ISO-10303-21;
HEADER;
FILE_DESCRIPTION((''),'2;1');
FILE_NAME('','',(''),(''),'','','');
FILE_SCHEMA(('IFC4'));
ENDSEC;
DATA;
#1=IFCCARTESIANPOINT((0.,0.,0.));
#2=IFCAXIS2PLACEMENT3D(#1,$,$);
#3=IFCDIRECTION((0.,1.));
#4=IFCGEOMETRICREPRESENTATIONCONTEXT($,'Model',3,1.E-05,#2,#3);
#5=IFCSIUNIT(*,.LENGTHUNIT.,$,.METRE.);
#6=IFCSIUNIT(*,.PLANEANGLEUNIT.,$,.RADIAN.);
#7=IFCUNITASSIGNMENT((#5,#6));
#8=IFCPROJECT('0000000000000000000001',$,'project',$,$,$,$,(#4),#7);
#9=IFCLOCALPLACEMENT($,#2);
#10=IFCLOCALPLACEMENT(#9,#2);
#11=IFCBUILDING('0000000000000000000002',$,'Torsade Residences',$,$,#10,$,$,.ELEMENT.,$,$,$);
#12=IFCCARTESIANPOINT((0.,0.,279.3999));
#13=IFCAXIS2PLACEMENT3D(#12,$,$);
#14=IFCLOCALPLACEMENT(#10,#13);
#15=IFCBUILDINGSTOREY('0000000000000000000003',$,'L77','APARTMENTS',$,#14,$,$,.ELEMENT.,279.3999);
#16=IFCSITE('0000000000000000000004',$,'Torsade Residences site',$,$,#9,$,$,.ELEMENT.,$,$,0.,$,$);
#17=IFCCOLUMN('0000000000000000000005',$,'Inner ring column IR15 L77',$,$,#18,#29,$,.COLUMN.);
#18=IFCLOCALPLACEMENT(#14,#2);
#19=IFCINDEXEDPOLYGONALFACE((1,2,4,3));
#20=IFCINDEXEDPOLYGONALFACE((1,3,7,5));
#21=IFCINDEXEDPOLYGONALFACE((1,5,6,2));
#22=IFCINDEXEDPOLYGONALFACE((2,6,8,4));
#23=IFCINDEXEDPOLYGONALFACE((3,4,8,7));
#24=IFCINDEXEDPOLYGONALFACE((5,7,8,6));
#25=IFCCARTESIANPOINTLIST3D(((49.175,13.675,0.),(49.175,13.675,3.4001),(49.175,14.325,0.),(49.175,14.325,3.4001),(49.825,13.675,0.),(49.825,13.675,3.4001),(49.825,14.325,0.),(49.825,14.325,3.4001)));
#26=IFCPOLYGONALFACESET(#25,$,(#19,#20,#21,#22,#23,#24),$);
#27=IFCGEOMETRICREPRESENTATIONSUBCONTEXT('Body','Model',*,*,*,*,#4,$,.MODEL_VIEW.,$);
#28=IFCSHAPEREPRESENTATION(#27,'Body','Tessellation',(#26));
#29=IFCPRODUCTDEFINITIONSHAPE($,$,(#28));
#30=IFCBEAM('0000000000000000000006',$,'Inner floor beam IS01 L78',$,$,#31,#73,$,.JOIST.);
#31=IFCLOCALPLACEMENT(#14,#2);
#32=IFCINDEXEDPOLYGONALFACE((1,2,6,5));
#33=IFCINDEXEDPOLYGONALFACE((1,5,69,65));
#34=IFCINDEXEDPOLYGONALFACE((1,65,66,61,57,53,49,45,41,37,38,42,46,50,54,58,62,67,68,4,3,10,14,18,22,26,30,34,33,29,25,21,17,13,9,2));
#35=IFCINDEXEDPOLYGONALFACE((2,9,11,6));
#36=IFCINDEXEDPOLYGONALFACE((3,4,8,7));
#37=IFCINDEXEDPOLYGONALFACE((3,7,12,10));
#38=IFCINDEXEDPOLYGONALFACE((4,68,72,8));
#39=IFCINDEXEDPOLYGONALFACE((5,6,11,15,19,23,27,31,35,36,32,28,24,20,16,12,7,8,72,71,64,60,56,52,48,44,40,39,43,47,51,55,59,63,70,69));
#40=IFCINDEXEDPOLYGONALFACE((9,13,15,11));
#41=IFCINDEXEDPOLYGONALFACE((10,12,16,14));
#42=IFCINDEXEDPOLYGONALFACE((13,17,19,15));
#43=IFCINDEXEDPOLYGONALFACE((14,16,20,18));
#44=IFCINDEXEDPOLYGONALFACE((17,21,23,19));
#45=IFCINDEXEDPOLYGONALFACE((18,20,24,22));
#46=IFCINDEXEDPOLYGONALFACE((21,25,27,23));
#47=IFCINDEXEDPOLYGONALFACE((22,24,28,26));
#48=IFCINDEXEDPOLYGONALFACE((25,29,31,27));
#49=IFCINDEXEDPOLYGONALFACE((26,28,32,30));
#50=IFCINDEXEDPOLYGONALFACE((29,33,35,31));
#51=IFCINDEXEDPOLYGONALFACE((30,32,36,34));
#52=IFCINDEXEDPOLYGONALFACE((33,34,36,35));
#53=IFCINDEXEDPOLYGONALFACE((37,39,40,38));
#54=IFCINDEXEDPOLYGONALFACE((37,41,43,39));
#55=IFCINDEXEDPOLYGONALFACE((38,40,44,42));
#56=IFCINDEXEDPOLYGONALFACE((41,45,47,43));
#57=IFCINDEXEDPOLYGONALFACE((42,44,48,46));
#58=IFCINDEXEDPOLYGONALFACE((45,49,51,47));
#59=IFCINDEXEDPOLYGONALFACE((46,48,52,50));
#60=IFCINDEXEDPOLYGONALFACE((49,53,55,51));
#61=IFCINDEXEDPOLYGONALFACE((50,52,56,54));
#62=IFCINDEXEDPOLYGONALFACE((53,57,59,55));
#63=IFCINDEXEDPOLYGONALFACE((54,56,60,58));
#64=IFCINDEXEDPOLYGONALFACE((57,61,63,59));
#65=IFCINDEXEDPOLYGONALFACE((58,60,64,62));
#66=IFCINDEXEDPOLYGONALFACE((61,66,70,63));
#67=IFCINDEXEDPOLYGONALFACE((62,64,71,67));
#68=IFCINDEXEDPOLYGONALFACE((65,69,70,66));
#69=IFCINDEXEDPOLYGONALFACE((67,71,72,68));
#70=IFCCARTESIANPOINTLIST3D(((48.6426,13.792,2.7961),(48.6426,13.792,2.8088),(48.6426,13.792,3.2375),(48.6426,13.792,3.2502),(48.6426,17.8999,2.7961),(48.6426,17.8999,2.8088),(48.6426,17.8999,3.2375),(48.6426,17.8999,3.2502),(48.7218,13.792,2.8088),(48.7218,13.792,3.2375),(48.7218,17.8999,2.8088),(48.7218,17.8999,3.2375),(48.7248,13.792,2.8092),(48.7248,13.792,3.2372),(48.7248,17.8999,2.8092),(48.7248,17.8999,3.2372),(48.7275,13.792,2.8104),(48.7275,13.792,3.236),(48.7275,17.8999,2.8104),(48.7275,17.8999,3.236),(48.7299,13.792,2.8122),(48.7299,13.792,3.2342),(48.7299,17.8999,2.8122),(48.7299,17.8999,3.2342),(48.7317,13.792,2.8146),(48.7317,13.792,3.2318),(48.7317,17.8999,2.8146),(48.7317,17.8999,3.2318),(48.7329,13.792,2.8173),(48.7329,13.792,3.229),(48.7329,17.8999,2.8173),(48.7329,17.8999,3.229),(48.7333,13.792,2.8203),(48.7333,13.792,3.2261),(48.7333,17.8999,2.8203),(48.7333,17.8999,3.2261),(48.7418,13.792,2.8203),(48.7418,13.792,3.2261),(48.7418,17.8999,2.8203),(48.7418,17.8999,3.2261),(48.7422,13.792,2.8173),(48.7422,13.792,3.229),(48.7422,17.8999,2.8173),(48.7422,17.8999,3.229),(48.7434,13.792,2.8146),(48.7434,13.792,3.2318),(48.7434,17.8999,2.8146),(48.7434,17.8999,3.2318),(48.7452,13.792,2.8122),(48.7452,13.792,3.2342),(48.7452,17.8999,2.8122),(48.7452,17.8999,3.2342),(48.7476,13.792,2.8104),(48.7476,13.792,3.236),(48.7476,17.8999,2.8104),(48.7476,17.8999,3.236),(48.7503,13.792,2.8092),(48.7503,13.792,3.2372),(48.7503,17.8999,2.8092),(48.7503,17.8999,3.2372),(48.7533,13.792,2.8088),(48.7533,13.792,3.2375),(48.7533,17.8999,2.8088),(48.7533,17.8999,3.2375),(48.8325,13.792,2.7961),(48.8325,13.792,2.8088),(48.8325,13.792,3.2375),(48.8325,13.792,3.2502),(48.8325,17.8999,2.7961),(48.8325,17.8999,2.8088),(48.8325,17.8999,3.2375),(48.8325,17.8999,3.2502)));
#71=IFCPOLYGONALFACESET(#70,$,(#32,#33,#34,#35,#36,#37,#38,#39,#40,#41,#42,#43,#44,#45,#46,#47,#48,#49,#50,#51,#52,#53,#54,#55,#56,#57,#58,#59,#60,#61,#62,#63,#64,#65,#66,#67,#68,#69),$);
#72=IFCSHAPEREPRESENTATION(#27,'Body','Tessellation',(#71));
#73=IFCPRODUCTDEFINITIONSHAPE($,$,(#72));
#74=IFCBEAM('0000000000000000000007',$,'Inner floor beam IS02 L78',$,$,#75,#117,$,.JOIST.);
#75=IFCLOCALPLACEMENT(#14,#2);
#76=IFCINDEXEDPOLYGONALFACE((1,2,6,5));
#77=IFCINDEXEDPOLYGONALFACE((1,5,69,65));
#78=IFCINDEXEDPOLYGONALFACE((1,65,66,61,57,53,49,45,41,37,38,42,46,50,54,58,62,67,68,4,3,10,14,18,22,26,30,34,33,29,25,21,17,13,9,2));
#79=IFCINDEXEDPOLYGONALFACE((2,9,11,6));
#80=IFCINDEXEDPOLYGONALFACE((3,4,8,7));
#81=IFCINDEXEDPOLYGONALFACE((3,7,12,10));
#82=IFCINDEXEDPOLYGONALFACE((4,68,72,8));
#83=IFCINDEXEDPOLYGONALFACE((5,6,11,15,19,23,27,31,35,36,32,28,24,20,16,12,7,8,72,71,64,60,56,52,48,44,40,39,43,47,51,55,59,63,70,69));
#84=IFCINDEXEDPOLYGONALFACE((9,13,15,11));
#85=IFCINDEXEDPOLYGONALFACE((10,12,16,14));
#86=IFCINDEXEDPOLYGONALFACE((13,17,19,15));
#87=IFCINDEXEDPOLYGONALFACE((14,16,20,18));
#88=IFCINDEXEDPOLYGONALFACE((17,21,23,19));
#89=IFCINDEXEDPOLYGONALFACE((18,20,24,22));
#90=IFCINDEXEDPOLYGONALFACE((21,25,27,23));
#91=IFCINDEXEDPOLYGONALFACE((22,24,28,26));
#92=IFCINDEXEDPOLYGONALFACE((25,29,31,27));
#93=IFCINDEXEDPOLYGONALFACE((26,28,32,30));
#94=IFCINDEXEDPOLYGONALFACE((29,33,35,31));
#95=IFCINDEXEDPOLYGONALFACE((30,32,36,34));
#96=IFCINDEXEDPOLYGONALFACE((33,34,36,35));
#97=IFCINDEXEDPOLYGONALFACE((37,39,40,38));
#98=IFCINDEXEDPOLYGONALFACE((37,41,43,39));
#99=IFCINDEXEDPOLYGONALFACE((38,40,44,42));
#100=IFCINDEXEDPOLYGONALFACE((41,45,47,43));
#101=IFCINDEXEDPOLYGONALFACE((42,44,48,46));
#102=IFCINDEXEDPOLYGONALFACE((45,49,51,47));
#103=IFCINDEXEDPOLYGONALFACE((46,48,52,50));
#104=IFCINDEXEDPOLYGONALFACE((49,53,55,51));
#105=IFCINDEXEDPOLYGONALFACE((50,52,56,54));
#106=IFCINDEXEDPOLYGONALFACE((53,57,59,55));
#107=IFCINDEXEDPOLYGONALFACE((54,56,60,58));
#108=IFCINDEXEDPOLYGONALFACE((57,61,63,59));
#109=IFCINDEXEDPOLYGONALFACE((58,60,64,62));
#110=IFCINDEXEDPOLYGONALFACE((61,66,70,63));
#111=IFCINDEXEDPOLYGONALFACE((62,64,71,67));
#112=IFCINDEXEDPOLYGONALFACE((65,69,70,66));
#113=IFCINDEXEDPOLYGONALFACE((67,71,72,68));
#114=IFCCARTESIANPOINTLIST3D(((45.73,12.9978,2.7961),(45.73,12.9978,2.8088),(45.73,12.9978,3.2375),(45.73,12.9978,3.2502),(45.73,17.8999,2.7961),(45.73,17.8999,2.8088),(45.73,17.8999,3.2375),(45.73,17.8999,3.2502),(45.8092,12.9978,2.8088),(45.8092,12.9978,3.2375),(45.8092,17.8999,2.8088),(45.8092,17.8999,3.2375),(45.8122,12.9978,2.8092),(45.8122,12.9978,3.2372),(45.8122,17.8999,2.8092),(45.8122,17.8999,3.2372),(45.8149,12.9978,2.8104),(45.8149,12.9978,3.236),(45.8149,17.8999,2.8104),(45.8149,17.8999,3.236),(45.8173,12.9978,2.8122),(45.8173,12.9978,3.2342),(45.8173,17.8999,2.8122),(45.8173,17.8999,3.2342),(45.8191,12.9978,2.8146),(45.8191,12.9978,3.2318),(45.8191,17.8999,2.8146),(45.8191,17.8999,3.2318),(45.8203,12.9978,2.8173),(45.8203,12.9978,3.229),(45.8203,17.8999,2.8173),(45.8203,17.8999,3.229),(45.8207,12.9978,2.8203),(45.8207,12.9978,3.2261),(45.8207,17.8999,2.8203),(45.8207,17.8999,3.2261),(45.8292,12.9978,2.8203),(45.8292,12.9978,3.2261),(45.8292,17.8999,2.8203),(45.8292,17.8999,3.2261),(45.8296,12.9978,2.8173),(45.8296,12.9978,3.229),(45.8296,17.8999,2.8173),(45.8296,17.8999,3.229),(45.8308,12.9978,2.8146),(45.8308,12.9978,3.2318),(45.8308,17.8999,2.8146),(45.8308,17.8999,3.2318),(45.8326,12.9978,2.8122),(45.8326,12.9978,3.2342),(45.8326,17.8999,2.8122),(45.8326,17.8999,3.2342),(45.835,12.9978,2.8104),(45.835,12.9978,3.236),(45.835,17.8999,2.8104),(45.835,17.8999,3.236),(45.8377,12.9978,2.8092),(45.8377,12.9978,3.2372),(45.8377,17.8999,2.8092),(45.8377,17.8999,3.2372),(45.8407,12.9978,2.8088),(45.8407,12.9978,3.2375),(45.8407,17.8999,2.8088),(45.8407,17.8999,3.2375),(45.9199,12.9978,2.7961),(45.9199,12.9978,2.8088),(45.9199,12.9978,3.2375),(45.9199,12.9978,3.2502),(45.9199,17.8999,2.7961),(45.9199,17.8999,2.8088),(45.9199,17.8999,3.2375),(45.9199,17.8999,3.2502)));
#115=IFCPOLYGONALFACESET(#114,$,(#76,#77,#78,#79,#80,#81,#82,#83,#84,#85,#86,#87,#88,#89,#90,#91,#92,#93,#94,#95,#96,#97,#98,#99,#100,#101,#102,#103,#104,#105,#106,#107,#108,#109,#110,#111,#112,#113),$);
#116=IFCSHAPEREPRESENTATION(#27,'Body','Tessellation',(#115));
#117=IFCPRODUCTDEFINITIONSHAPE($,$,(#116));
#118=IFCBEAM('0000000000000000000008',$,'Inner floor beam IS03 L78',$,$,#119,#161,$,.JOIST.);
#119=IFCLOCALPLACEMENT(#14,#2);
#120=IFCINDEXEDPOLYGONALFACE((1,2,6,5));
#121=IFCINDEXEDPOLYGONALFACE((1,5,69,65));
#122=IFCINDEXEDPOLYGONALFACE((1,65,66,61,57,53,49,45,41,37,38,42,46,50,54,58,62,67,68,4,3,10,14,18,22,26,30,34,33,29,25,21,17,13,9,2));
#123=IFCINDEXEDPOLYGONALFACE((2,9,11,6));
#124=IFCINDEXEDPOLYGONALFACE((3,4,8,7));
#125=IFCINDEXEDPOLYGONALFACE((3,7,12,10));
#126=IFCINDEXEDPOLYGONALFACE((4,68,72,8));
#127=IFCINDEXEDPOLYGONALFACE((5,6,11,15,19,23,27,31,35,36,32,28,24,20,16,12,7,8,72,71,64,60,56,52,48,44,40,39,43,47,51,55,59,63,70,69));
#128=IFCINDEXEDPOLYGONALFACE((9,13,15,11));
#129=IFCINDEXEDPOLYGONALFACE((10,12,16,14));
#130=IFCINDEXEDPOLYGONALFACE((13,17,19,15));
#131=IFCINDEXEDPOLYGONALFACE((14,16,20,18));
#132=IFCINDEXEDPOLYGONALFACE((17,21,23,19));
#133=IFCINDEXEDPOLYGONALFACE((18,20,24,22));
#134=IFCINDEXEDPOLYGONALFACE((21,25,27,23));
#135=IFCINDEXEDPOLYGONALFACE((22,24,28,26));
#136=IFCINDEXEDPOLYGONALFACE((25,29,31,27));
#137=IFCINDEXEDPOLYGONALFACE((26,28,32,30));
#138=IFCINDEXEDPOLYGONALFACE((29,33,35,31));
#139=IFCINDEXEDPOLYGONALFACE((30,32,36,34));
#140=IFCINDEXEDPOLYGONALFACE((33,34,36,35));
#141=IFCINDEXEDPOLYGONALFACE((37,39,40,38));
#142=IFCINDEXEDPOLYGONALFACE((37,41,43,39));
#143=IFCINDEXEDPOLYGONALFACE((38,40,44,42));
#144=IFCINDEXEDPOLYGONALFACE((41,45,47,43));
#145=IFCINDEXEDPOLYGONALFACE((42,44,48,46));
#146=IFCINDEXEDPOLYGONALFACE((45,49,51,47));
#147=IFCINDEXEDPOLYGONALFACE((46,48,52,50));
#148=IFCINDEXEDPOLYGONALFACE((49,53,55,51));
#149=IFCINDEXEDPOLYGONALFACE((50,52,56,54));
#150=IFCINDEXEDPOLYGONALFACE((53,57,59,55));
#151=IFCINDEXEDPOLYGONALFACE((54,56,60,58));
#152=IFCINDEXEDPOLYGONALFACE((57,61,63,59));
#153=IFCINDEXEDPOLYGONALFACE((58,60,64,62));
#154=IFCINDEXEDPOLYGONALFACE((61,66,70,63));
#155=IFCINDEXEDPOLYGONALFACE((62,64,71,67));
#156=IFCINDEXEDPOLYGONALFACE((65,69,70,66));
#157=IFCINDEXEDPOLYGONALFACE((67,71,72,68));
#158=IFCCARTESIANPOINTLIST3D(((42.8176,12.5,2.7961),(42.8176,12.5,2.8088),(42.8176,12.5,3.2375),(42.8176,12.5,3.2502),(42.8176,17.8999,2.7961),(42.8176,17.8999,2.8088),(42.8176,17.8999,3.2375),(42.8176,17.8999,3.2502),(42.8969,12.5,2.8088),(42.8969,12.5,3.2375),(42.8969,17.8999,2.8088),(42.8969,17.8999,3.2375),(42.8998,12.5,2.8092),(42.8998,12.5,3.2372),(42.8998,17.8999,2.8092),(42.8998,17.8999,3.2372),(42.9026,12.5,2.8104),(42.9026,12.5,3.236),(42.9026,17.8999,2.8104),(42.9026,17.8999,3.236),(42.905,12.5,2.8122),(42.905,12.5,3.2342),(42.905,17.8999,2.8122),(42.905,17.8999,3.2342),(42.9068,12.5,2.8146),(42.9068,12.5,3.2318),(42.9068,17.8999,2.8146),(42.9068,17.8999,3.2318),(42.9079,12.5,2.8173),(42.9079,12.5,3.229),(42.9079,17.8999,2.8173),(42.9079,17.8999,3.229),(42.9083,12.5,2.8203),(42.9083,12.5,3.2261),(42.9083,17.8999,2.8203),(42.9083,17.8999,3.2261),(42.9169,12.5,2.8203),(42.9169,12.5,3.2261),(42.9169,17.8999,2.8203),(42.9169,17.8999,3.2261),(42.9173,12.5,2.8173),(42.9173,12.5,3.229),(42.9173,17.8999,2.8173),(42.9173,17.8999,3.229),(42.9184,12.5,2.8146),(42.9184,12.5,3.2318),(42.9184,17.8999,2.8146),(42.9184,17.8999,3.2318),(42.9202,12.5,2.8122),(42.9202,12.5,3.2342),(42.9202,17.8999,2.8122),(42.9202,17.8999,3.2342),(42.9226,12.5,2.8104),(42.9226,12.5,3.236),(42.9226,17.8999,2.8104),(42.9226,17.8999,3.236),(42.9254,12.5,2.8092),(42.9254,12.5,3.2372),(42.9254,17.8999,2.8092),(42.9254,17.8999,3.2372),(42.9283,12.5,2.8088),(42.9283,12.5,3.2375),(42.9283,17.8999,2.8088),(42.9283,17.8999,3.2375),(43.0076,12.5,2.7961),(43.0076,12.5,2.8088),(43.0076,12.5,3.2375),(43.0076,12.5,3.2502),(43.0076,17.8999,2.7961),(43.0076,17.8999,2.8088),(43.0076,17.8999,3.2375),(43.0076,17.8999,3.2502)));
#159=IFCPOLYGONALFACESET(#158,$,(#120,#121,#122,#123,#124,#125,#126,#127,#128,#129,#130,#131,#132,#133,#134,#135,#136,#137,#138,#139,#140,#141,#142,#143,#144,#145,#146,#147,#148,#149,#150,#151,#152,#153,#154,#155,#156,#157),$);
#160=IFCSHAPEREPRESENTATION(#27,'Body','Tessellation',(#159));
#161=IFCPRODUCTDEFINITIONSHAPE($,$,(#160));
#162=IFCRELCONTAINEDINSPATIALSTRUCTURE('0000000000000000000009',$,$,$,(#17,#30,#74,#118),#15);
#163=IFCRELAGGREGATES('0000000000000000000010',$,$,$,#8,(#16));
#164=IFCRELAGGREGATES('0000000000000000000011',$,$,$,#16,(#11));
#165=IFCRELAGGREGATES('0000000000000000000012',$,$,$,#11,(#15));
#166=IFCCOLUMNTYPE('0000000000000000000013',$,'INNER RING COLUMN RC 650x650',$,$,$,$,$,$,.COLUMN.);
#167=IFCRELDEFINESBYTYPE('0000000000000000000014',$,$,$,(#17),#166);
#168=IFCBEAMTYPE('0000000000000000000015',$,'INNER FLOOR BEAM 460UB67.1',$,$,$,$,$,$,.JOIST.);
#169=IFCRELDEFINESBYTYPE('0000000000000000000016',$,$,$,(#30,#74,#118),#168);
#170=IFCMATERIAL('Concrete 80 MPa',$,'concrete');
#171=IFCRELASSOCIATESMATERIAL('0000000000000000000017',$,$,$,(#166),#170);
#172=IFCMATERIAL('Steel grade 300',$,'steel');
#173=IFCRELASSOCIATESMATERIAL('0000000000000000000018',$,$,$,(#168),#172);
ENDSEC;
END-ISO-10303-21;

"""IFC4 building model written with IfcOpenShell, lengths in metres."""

from ifc_helpers import new_model, si_unit, direction, frame, origin, origin_2d, place, context, subcontext, project, spatial, rectangle, i_section, extrude, material, material_profile, profile_set, type_object, element, save


model = new_model("IFC4")

# Units and contexts
model_context = context("Model", 3, precision=1e-05, world=origin(), true_north=direction((0.0, 1.0)))
body_context = subcontext(model_context, "Body", "Model", "MODEL_VIEW")
ifc_project = project(units=[si_unit("LENGTHUNIT", "METRE"), si_unit("PLANEANGLEUNIT", "RADIAN")], contexts=[model_context])

# Site, building, storey
site_placement = place(None, origin())
site = spatial("IfcSite", under=ifc_project, at=site_placement, Name="Torsade Residences site", CompositionType="ELEMENT", RefElevation=0.0)
building_placement = place(site_placement, origin())
building = spatial("IfcBuilding", under=site, at=building_placement, Name="Torsade Residences", CompositionType="ELEMENT")
storey_placement = place(building_placement, frame((0.0, 0.0, 279.3999)))
storey = spatial("IfcBuildingStorey", under=building, at=storey_placement, Name="L77", Description="APARTMENTS", CompositionType="ELEMENT", Elevation=279.3999)

# Column
ifc_material_1 = material(Name="Concrete 80 MPa", Category="concrete")
ifc_material_profile_1 = material_profile(ifc_material_1, rectangle(XDim=0.6499, YDim=0.6499, at=origin_2d()), Name="RC 650x650")
ifc_profile_set_1 = profile_set([ifc_material_profile_1], Name="Concrete 80 MPa")
column_type = type_object("IfcColumnType", Name="INNER RING COLUMN RC 650x650", PredefinedType="COLUMN", material=ifc_profile_set_1)
column_placement = place(storey_placement, frame((49.5, 14.0, 0.0), z_axis=(0.0, 0.0, 1.0), x_axis=(1.0, 0.0, 0.0)))
element("IfcColumn", 1, at=column_placement, inside=storey, type_object=column_type, Name="Inner ring column IR15 L77", PredefinedType="COLUMN", context=body_context, shape_type="SweptSolid", body=[
    extrude(rectangle(XDim=0.6499, YDim=0.6499, at=origin_2d()), origin(), (0.0, 0.0, 1.0), 3.4001),
])

# Beams
ifc_material_2 = material(Name="Steel grade 300", Category="steel")
ifc_material_profile_2 = material_profile(ifc_material_2, i_section(OverallWidth=0.1899, OverallDepth=0.4541, WebThickness=0.0085, FlangeThickness=0.0127, FilletRadius=0.0115, at=origin_2d()), Name="460UB67.1")
ifc_profile_set_2 = profile_set([ifc_material_profile_2], Name="Steel grade 300")
beam_type_1 = type_object("IfcBeamType", Name="INNER FLOOR BEAM 460UB67.1", PredefinedType="JOIST", material=ifc_profile_set_2)
beam_1_placement = place(storey_placement, frame((48.7375, 17.8999, 3.0232), z_axis=(0.0, -1.0, 0.0), x_axis=(1.0, 0.0, 0.0)))
element("IfcBeam", 2, at=beam_1_placement, inside=storey, type_object=beam_type_1, Name="Inner floor beam IS01 L78", PredefinedType="JOIST", context=body_context, shape_type="SweptSolid", body=[
    extrude(i_section(OverallWidth=0.1899, OverallDepth=0.4541, WebThickness=0.0085, FlangeThickness=0.0127, FilletRadius=0.0115, at=origin_2d()), origin(), (0.0, 0.0, 1.0), 4.1079),
])
beam_2_placement = place(storey_placement, frame((45.825, 17.8999, 3.0232), z_axis=(0.0, -1.0, 0.0), x_axis=(1.0, 0.0, 0.0)))
element("IfcBeam", 3, at=beam_2_placement, inside=storey, type_object=beam_type_1, Name="Inner floor beam IS02 L78", PredefinedType="JOIST", context=body_context, shape_type="SweptSolid", body=[
    extrude(i_section(OverallWidth=0.1899, OverallDepth=0.4541, WebThickness=0.0085, FlangeThickness=0.0127, FilletRadius=0.0115, at=origin_2d()), origin(), (0.0, 0.0, 1.0), 4.9021),
])
for number, where, z_axis, x_axis, name in (
    (4, (42.9126, 17.8999, 3.0232), (0.0, -1.0, 0.0), (1.0, 0.0, 0.0), "Inner floor beam IS03 L78"),
):
    element("IfcBeam", number, at=place(storey_placement, frame(where, z_axis=z_axis, x_axis=x_axis)), inside=storey, type_object=beam_type_1, Name=name, PredefinedType="JOIST", context=body_context, shape_type="SweptSolid", body=[
        extrude(i_section(OverallWidth=0.1899, OverallDepth=0.4541, WebThickness=0.0085, FlangeThickness=0.0127, FilletRadius=0.0115, at=origin_2d()), origin(), (0.0, 0.0, 1.0), 5.3999),
    ])

save(model, "model.ifc")
